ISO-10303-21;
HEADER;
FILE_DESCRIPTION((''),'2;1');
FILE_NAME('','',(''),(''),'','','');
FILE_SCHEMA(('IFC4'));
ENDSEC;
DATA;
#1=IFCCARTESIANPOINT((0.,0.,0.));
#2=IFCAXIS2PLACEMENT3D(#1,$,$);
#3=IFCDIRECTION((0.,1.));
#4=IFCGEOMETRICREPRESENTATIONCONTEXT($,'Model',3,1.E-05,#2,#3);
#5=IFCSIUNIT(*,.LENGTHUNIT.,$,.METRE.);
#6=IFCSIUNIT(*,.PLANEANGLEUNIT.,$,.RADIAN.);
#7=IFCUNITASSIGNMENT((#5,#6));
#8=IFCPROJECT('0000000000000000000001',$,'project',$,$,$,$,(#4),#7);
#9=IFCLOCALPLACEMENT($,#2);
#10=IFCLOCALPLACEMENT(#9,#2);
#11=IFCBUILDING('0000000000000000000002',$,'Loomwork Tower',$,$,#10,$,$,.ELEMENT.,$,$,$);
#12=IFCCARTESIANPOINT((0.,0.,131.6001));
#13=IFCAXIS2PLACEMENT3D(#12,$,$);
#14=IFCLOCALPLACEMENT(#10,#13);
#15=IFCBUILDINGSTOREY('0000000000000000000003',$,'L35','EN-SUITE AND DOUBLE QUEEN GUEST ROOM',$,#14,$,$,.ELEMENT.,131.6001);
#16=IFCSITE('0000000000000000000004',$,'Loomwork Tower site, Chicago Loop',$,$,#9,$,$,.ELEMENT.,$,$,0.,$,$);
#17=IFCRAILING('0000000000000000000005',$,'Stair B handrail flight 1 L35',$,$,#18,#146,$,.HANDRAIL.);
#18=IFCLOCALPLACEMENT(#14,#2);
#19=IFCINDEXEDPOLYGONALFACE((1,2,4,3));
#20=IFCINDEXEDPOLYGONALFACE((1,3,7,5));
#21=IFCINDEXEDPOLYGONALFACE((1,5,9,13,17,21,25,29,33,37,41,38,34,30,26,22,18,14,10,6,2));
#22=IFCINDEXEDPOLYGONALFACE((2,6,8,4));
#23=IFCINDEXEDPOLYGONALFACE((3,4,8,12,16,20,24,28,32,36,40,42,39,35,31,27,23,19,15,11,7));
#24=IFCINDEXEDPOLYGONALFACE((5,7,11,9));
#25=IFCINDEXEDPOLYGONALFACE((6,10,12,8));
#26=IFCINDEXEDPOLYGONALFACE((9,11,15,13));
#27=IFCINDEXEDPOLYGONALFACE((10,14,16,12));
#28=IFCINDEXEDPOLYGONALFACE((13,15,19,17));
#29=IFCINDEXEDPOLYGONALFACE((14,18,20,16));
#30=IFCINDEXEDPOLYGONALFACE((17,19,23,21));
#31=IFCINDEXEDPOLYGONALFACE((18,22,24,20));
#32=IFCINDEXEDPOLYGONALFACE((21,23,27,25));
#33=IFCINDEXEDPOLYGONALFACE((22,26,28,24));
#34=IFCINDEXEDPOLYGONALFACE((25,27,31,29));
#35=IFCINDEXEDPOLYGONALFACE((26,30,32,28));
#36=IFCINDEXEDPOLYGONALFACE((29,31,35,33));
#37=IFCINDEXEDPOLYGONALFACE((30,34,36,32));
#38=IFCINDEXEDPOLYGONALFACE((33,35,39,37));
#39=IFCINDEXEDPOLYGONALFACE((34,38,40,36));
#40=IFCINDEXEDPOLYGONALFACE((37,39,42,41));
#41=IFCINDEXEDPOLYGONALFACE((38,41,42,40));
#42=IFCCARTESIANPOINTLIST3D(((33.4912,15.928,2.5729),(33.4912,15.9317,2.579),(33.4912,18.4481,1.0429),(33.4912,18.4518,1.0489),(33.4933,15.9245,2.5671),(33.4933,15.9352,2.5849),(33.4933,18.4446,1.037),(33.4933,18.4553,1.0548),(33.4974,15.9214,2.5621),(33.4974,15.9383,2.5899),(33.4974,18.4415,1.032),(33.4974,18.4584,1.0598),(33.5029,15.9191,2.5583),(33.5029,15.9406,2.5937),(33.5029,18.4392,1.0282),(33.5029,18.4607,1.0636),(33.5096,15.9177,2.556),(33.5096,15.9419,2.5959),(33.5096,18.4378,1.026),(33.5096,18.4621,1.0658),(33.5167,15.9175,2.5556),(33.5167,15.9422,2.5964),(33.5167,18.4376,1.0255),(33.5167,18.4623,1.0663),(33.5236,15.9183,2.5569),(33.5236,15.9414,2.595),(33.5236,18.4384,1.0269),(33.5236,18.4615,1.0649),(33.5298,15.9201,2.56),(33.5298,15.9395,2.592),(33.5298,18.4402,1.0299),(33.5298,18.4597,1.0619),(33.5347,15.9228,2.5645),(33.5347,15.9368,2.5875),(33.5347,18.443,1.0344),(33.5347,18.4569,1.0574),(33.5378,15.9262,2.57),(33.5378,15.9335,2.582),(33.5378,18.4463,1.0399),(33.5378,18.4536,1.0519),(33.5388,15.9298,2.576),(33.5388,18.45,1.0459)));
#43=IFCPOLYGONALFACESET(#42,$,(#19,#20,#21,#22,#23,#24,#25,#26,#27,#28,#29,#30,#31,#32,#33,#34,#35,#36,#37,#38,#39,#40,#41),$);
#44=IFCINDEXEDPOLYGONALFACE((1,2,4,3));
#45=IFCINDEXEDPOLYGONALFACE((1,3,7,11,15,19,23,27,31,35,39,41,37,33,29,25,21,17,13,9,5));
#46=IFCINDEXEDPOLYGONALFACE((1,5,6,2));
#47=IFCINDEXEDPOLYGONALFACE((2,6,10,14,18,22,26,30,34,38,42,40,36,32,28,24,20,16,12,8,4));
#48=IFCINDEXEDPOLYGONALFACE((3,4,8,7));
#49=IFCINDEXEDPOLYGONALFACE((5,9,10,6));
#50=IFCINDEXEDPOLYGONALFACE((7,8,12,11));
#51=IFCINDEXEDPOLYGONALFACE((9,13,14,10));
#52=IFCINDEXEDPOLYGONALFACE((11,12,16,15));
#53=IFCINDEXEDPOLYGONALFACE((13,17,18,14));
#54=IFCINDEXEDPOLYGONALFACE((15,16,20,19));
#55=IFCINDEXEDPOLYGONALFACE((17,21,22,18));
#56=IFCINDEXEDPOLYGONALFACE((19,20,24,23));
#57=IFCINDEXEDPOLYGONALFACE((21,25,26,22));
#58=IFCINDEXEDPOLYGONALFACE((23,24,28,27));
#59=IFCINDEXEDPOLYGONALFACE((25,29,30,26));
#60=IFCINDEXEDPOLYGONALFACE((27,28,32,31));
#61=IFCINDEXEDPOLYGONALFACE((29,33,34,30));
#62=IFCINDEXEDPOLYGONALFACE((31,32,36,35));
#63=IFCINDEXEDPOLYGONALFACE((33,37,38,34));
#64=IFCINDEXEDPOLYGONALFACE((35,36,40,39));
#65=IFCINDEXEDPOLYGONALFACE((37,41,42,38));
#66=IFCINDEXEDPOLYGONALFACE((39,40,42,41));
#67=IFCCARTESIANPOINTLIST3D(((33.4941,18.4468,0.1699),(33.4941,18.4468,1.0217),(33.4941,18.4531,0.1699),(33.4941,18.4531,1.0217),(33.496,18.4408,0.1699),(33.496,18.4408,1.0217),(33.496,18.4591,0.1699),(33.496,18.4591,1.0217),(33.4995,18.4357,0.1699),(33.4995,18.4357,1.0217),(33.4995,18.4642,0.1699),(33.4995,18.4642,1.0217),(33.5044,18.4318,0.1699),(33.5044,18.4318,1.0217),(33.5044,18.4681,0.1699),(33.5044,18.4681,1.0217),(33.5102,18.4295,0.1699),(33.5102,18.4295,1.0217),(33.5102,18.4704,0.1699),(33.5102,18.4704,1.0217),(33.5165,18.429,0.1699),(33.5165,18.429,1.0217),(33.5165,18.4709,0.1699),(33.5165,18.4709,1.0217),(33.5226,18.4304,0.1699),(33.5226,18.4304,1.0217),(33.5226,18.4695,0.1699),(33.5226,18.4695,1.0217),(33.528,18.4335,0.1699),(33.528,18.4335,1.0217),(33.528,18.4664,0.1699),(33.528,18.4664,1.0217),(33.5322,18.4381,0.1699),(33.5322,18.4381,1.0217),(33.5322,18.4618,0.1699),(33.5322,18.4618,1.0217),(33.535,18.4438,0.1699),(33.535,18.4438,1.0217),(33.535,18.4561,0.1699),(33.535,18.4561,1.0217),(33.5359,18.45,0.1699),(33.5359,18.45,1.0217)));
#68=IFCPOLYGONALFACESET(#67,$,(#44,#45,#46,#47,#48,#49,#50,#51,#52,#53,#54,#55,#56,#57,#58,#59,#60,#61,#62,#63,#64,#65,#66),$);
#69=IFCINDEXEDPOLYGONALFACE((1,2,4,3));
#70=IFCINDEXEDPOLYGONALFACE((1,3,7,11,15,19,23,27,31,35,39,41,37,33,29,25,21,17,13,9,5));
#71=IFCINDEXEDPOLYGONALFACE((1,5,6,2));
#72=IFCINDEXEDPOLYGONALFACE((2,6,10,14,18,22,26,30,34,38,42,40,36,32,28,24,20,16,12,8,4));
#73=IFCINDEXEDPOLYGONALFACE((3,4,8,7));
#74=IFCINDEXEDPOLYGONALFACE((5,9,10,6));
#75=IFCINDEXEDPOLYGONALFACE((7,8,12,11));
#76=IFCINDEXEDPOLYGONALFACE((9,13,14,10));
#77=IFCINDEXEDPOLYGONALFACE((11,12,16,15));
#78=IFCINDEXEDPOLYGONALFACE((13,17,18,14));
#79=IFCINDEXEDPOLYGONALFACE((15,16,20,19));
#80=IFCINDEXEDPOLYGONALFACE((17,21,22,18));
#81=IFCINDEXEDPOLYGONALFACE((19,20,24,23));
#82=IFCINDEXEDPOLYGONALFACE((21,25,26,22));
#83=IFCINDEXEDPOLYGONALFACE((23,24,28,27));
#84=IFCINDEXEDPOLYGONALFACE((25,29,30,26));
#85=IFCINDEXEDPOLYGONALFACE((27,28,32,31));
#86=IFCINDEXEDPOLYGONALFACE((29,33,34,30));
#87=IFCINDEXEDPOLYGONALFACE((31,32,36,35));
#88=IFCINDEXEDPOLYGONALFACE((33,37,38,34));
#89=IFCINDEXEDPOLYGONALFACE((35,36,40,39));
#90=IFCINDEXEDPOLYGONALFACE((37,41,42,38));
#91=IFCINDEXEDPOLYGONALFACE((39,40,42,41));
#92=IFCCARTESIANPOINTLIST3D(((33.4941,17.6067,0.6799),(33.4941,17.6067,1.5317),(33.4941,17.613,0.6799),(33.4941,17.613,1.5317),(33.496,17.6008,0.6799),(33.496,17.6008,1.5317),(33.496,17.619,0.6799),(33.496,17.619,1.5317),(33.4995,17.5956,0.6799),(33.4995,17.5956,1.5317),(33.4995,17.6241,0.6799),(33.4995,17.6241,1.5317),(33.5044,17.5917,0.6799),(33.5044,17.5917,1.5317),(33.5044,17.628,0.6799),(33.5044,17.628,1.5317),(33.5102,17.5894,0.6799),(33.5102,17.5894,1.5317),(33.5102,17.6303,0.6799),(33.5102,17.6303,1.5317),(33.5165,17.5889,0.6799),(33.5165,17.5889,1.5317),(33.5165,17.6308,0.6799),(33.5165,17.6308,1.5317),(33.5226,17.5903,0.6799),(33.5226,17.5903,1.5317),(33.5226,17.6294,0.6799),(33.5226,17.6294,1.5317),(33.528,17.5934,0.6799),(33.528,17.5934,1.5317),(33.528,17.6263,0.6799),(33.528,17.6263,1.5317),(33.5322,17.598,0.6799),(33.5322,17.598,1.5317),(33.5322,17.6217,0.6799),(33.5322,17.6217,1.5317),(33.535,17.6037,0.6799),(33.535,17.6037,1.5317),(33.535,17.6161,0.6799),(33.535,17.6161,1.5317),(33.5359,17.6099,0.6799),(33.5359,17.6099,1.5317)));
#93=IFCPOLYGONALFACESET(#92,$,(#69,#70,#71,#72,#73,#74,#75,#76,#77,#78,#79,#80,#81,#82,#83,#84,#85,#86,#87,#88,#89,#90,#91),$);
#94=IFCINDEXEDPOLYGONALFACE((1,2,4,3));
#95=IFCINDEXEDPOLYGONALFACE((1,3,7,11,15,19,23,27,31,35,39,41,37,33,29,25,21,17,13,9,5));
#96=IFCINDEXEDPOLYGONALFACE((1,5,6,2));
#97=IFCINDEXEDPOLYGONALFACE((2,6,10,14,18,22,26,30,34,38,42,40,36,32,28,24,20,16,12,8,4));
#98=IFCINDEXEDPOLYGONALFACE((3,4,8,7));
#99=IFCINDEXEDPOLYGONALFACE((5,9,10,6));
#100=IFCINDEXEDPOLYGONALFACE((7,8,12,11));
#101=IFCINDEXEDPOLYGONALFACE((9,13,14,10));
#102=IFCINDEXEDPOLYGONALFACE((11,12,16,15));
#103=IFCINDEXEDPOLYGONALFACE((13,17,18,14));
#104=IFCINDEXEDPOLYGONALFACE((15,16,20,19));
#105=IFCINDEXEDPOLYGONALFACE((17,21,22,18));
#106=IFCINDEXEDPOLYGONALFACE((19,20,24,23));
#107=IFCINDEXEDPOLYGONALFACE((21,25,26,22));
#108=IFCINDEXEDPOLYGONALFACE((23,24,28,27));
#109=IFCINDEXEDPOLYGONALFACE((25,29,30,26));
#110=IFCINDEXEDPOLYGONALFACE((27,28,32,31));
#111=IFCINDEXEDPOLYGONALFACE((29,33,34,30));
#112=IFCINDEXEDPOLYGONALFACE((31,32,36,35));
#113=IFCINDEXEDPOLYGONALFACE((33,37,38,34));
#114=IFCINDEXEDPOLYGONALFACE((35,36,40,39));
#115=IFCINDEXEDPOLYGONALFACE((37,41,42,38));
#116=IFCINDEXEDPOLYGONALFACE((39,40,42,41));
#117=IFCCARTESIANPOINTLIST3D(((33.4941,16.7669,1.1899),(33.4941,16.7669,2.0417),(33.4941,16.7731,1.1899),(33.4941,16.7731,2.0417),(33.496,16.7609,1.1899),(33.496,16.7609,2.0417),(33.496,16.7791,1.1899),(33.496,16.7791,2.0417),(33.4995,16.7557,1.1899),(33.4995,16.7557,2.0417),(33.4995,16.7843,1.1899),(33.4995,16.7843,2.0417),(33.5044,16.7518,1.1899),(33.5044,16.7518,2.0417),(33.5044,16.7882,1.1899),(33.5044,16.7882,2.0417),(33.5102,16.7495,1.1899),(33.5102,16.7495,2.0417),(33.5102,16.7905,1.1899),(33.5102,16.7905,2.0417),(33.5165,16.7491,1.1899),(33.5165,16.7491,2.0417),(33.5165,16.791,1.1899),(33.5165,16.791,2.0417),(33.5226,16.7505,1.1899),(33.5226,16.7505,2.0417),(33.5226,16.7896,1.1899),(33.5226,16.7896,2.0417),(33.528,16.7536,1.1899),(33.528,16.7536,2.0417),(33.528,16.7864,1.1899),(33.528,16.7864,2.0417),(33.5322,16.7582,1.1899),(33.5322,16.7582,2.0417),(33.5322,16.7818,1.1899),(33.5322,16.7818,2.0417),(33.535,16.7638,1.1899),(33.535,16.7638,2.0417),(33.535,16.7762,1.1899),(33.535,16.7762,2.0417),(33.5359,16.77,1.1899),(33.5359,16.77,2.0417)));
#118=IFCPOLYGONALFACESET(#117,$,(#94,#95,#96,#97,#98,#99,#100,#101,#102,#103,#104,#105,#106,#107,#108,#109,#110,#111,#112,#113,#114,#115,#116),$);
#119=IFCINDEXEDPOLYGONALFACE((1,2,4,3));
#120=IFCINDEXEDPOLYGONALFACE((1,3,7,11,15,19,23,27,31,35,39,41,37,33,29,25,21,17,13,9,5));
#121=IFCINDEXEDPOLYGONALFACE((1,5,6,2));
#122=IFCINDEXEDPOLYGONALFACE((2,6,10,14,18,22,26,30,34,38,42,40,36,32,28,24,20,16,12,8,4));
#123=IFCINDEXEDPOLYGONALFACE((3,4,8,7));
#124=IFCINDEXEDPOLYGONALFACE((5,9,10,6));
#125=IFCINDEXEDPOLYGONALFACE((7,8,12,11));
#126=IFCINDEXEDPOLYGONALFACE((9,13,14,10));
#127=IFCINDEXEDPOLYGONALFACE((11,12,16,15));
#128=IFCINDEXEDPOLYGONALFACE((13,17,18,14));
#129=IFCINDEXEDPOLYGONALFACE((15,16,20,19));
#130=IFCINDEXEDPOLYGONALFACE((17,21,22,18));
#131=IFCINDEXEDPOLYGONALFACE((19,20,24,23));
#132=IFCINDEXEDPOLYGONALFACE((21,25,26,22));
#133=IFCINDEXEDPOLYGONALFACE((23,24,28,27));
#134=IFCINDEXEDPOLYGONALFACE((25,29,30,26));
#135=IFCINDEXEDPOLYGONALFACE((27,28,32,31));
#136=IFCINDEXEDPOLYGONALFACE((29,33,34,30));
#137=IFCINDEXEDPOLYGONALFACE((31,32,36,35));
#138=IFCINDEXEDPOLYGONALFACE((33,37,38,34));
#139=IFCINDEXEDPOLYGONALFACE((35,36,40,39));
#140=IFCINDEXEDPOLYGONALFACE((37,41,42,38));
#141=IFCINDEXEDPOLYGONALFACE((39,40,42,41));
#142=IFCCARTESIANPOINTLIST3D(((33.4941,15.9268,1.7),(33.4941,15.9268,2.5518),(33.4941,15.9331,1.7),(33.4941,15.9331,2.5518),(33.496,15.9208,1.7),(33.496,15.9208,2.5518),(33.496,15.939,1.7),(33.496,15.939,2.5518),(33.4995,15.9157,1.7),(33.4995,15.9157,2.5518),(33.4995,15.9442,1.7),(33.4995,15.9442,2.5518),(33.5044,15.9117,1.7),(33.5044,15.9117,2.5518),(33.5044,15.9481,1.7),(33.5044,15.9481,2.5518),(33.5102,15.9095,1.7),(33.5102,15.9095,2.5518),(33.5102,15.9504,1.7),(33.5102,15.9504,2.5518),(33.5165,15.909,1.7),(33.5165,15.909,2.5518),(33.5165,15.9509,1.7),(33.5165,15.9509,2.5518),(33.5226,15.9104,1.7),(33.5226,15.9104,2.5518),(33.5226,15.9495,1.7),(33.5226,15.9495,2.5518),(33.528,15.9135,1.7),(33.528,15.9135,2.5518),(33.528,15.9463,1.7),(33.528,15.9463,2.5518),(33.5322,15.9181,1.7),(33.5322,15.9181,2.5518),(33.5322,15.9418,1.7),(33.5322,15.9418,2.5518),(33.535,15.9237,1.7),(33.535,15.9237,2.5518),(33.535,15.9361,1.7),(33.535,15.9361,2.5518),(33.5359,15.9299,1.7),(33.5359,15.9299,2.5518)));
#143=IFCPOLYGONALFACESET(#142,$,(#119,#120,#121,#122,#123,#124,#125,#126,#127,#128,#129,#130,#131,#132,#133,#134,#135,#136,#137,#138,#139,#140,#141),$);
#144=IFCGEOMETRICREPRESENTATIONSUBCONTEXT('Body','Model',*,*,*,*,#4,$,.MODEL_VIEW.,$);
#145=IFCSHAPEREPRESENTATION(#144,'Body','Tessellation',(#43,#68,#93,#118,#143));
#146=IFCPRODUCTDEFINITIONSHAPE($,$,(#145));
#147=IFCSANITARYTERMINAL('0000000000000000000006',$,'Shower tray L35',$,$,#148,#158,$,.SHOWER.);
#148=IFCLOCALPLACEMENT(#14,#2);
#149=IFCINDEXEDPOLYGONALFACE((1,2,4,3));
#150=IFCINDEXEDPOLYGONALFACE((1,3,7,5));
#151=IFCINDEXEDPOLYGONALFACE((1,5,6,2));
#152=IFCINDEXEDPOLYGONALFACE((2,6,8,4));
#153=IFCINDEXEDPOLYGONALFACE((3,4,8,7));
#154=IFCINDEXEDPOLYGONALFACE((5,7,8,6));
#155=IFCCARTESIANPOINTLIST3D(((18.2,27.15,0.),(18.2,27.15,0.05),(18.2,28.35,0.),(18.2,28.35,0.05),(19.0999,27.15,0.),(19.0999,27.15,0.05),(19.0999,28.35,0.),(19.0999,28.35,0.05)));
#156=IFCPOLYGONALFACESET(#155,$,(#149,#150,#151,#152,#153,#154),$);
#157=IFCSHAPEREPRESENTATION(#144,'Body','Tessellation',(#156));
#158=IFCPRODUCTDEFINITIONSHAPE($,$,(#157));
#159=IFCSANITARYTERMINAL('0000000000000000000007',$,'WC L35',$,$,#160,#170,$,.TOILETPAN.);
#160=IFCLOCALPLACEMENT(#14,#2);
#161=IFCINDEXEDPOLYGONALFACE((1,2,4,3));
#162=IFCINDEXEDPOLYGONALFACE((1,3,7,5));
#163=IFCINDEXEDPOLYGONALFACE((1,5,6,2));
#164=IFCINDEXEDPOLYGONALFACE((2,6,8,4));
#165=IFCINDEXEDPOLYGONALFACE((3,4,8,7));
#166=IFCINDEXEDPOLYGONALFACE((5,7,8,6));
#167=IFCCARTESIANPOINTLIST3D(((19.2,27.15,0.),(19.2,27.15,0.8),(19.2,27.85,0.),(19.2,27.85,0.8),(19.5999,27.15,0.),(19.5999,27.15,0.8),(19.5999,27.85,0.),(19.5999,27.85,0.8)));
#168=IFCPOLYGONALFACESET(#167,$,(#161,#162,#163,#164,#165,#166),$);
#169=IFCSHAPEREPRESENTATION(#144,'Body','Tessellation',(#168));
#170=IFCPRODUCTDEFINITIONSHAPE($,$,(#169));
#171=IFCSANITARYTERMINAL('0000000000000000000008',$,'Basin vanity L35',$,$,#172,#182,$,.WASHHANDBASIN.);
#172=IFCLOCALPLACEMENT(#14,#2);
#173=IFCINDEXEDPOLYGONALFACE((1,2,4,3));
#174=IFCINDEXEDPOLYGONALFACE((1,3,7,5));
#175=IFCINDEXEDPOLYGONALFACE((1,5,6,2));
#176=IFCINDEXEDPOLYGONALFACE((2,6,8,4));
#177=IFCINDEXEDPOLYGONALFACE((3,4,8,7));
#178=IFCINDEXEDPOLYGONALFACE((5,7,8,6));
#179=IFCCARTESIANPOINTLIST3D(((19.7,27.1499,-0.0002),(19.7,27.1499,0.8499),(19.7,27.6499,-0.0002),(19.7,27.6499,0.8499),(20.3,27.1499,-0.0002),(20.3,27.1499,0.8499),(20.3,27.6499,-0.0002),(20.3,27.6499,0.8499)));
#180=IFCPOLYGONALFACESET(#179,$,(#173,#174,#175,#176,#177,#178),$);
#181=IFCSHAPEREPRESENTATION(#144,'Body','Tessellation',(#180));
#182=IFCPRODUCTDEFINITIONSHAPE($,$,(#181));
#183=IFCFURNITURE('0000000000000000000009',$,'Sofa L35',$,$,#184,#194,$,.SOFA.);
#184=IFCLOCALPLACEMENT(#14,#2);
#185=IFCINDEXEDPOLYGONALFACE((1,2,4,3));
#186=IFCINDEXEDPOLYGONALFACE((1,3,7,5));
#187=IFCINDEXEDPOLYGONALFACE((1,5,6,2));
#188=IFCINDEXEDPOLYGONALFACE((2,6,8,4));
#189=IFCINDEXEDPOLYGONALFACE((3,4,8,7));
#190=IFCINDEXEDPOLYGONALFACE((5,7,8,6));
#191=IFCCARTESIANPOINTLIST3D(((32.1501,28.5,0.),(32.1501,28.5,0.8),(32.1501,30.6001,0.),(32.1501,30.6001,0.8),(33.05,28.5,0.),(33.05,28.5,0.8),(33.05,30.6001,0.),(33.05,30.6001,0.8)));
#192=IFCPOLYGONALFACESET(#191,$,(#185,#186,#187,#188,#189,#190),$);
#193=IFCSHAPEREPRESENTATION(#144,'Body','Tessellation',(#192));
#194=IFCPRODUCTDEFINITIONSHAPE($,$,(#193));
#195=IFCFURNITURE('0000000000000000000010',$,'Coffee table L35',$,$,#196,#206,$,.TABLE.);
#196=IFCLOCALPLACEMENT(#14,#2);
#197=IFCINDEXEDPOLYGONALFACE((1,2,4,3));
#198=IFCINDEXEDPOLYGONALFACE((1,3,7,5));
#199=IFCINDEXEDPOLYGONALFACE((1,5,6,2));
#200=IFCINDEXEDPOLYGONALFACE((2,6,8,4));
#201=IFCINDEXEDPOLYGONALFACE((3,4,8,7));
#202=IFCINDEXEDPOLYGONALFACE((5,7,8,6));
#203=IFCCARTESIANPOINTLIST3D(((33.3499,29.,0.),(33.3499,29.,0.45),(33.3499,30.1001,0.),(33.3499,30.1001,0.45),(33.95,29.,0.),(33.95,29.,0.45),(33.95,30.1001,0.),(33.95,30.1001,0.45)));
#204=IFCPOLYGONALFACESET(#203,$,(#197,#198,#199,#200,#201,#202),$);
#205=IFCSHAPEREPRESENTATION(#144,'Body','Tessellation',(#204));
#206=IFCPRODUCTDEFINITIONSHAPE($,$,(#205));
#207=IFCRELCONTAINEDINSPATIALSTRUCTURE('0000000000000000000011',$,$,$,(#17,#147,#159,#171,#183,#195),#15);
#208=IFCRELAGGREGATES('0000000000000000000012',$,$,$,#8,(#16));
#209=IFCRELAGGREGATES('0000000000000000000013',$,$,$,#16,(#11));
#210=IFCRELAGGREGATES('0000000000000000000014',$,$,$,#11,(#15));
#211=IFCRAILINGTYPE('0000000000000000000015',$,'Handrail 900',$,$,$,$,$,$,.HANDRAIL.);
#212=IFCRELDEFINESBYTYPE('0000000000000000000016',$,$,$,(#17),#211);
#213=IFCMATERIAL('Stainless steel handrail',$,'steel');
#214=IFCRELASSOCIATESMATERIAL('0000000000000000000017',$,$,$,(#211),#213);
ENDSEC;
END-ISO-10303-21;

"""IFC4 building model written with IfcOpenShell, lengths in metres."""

from ifc_helpers import new_model, si_unit, direction, frame, origin, origin_2d, place, context, subcontext, project, spatial, rectangle, circle, extrude, material, type_object, element, save


model = new_model("IFC4")

# Units and contexts
model_context = context("Model", 3, precision=1e-05, world=origin(), true_north=direction((0.0, 1.0)))
body_context = subcontext(model_context, "Body", "Model", "MODEL_VIEW")
ifc_project = project(units=[si_unit("LENGTHUNIT", "METRE"), si_unit("PLANEANGLEUNIT", "RADIAN")], contexts=[model_context])

# Site, building, storey
site_placement = place(None, origin())
site = spatial("IfcSite", under=ifc_project, at=site_placement, Name="Loomwork Tower site, Chicago Loop", CompositionType="ELEMENT", RefElevation=0.0)
building_placement = place(site_placement, origin())
building = spatial("IfcBuilding", under=site, at=building_placement, Name="Loomwork Tower", CompositionType="ELEMENT")
storey_placement = place(building_placement, frame((0.0, 0.0, 131.6001)))
storey = spatial("IfcBuildingStorey", under=building, at=storey_placement, Name="L35", Description="EN-SUITE AND DOUBLE QUEEN GUEST ROOM", CompositionType="ELEMENT", Elevation=131.6001)

# Railing
ifc_material_1 = material(Name="Stainless steel handrail", Category="steel")
railing_type = type_object("IfcRailingType", Name="Handrail 900", PredefinedType="HANDRAIL", material=ifc_material_1)
railing_placement = place(storey_placement, frame((33.5149, 18.45, 0.1699)))
element("IfcRailing", 1, at=railing_placement, inside=storey, type_object=railing_type, Name="Stair B handrail flight 1 L35", PredefinedType="HANDRAIL", context=body_context, shape_type="SweptSolid", body=[
    extrude(circle(Radius=0.0239, at=origin_2d()), frame((0.0, 0.0, 0.876), z_axis=(0.0, -0.854785, 0.518982), x_axis=(1.0, 0.0, 0.0)), (0.0, 0.0, 1.0), 2.9482),
    extrude(circle(Radius=0.021, at=origin_2d()), origin(), (0.0, 0.0, 1.0), 0.8518),
    extrude(circle(Radius=0.021, at=origin_2d()), frame((0.0, -0.8401, 0.51)), (0.0, 0.0, 1.0), 0.8518),
    extrude(circle(Radius=0.021, at=origin_2d()), frame((0.0, -1.6799, 1.02)), (0.0, 0.0, 1.0), 0.8518),
    extrude(circle(Radius=0.021, at=origin_2d()), frame((0.0, -2.52, 1.53)), (0.0, 0.0, 1.0), 0.8518),
])

# Sanitary terminals
sanitary_terminal_1_placement = place(storey_placement, frame((18.6499, 27.75, 0.0), z_axis=(0.0, 0.0, 1.0), x_axis=(1.0, 0.0, 0.0)))
element("IfcSanitaryTerminal", 2, at=sanitary_terminal_1_placement, inside=storey, Name="Shower tray L35", PredefinedType="SHOWER", context=body_context, shape_type="SweptSolid", body=[
    extrude(rectangle(XDim=0.8999, YDim=1.2, at=origin_2d()), origin(), (0.0, 0.0, 1.0), 0.05),
])
sanitary_terminal_2_placement = place(storey_placement, frame((19.3999, 27.5, 0.0), z_axis=(0.0, 0.0, 1.0), x_axis=(1.0, 0.0, 0.0)))
element("IfcSanitaryTerminal", 3, at=sanitary_terminal_2_placement, inside=storey, Name="WC L35", PredefinedType="TOILETPAN", context=body_context, shape_type="SweptSolid", body=[
    extrude(rectangle(XDim=0.3999, YDim=0.7, at=origin_2d()), origin(), (0.0, 0.0, 1.0), 0.8),
])
sanitary_terminal_3_placement = place(storey_placement, frame((20.0, 27.3999, -0.0002), z_axis=(0.0, 0.0, 1.0), x_axis=(1.0, 0.0, 0.0)))
element("IfcSanitaryTerminal", 4, at=sanitary_terminal_3_placement, inside=storey, Name="Basin vanity L35", PredefinedType="WASHHANDBASIN", context=body_context, shape_type="SweptSolid", body=[
    extrude(rectangle(XDim=0.6001, YDim=0.5, at=origin_2d()), origin(), (0.0, 0.0, 1.0), 0.8501),
])

# Furniture
furniture_1_placement = place(storey_placement, frame((32.6001, 29.55, 0.0), z_axis=(0.0, 0.0, 1.0), x_axis=(1.0, 0.0, 0.0)))
element("IfcFurniture", 5, at=furniture_1_placement, inside=storey, Name="Sofa L35", PredefinedType="SOFA", context=body_context, shape_type="SweptSolid", body=[
    extrude(rectangle(XDim=0.8999, YDim=2.1001, at=origin_2d()), origin(), (0.0, 0.0, 1.0), 0.8),
])
furniture_2_placement = place(storey_placement, frame((33.6499, 29.55, 0.0), z_axis=(0.0, 0.0, 1.0), x_axis=(1.0, 0.0, 0.0)))
element("IfcFurniture", 6, at=furniture_2_placement, inside=storey, Name="Coffee table L35", PredefinedType="TABLE", context=body_context, shape_type="SweptSolid", body=[
    extrude(rectangle(XDim=0.6001, YDim=1.1001, at=origin_2d()), origin(), (0.0, 0.0, 1.0), 0.45),
])

save(model, "model.ifc")
